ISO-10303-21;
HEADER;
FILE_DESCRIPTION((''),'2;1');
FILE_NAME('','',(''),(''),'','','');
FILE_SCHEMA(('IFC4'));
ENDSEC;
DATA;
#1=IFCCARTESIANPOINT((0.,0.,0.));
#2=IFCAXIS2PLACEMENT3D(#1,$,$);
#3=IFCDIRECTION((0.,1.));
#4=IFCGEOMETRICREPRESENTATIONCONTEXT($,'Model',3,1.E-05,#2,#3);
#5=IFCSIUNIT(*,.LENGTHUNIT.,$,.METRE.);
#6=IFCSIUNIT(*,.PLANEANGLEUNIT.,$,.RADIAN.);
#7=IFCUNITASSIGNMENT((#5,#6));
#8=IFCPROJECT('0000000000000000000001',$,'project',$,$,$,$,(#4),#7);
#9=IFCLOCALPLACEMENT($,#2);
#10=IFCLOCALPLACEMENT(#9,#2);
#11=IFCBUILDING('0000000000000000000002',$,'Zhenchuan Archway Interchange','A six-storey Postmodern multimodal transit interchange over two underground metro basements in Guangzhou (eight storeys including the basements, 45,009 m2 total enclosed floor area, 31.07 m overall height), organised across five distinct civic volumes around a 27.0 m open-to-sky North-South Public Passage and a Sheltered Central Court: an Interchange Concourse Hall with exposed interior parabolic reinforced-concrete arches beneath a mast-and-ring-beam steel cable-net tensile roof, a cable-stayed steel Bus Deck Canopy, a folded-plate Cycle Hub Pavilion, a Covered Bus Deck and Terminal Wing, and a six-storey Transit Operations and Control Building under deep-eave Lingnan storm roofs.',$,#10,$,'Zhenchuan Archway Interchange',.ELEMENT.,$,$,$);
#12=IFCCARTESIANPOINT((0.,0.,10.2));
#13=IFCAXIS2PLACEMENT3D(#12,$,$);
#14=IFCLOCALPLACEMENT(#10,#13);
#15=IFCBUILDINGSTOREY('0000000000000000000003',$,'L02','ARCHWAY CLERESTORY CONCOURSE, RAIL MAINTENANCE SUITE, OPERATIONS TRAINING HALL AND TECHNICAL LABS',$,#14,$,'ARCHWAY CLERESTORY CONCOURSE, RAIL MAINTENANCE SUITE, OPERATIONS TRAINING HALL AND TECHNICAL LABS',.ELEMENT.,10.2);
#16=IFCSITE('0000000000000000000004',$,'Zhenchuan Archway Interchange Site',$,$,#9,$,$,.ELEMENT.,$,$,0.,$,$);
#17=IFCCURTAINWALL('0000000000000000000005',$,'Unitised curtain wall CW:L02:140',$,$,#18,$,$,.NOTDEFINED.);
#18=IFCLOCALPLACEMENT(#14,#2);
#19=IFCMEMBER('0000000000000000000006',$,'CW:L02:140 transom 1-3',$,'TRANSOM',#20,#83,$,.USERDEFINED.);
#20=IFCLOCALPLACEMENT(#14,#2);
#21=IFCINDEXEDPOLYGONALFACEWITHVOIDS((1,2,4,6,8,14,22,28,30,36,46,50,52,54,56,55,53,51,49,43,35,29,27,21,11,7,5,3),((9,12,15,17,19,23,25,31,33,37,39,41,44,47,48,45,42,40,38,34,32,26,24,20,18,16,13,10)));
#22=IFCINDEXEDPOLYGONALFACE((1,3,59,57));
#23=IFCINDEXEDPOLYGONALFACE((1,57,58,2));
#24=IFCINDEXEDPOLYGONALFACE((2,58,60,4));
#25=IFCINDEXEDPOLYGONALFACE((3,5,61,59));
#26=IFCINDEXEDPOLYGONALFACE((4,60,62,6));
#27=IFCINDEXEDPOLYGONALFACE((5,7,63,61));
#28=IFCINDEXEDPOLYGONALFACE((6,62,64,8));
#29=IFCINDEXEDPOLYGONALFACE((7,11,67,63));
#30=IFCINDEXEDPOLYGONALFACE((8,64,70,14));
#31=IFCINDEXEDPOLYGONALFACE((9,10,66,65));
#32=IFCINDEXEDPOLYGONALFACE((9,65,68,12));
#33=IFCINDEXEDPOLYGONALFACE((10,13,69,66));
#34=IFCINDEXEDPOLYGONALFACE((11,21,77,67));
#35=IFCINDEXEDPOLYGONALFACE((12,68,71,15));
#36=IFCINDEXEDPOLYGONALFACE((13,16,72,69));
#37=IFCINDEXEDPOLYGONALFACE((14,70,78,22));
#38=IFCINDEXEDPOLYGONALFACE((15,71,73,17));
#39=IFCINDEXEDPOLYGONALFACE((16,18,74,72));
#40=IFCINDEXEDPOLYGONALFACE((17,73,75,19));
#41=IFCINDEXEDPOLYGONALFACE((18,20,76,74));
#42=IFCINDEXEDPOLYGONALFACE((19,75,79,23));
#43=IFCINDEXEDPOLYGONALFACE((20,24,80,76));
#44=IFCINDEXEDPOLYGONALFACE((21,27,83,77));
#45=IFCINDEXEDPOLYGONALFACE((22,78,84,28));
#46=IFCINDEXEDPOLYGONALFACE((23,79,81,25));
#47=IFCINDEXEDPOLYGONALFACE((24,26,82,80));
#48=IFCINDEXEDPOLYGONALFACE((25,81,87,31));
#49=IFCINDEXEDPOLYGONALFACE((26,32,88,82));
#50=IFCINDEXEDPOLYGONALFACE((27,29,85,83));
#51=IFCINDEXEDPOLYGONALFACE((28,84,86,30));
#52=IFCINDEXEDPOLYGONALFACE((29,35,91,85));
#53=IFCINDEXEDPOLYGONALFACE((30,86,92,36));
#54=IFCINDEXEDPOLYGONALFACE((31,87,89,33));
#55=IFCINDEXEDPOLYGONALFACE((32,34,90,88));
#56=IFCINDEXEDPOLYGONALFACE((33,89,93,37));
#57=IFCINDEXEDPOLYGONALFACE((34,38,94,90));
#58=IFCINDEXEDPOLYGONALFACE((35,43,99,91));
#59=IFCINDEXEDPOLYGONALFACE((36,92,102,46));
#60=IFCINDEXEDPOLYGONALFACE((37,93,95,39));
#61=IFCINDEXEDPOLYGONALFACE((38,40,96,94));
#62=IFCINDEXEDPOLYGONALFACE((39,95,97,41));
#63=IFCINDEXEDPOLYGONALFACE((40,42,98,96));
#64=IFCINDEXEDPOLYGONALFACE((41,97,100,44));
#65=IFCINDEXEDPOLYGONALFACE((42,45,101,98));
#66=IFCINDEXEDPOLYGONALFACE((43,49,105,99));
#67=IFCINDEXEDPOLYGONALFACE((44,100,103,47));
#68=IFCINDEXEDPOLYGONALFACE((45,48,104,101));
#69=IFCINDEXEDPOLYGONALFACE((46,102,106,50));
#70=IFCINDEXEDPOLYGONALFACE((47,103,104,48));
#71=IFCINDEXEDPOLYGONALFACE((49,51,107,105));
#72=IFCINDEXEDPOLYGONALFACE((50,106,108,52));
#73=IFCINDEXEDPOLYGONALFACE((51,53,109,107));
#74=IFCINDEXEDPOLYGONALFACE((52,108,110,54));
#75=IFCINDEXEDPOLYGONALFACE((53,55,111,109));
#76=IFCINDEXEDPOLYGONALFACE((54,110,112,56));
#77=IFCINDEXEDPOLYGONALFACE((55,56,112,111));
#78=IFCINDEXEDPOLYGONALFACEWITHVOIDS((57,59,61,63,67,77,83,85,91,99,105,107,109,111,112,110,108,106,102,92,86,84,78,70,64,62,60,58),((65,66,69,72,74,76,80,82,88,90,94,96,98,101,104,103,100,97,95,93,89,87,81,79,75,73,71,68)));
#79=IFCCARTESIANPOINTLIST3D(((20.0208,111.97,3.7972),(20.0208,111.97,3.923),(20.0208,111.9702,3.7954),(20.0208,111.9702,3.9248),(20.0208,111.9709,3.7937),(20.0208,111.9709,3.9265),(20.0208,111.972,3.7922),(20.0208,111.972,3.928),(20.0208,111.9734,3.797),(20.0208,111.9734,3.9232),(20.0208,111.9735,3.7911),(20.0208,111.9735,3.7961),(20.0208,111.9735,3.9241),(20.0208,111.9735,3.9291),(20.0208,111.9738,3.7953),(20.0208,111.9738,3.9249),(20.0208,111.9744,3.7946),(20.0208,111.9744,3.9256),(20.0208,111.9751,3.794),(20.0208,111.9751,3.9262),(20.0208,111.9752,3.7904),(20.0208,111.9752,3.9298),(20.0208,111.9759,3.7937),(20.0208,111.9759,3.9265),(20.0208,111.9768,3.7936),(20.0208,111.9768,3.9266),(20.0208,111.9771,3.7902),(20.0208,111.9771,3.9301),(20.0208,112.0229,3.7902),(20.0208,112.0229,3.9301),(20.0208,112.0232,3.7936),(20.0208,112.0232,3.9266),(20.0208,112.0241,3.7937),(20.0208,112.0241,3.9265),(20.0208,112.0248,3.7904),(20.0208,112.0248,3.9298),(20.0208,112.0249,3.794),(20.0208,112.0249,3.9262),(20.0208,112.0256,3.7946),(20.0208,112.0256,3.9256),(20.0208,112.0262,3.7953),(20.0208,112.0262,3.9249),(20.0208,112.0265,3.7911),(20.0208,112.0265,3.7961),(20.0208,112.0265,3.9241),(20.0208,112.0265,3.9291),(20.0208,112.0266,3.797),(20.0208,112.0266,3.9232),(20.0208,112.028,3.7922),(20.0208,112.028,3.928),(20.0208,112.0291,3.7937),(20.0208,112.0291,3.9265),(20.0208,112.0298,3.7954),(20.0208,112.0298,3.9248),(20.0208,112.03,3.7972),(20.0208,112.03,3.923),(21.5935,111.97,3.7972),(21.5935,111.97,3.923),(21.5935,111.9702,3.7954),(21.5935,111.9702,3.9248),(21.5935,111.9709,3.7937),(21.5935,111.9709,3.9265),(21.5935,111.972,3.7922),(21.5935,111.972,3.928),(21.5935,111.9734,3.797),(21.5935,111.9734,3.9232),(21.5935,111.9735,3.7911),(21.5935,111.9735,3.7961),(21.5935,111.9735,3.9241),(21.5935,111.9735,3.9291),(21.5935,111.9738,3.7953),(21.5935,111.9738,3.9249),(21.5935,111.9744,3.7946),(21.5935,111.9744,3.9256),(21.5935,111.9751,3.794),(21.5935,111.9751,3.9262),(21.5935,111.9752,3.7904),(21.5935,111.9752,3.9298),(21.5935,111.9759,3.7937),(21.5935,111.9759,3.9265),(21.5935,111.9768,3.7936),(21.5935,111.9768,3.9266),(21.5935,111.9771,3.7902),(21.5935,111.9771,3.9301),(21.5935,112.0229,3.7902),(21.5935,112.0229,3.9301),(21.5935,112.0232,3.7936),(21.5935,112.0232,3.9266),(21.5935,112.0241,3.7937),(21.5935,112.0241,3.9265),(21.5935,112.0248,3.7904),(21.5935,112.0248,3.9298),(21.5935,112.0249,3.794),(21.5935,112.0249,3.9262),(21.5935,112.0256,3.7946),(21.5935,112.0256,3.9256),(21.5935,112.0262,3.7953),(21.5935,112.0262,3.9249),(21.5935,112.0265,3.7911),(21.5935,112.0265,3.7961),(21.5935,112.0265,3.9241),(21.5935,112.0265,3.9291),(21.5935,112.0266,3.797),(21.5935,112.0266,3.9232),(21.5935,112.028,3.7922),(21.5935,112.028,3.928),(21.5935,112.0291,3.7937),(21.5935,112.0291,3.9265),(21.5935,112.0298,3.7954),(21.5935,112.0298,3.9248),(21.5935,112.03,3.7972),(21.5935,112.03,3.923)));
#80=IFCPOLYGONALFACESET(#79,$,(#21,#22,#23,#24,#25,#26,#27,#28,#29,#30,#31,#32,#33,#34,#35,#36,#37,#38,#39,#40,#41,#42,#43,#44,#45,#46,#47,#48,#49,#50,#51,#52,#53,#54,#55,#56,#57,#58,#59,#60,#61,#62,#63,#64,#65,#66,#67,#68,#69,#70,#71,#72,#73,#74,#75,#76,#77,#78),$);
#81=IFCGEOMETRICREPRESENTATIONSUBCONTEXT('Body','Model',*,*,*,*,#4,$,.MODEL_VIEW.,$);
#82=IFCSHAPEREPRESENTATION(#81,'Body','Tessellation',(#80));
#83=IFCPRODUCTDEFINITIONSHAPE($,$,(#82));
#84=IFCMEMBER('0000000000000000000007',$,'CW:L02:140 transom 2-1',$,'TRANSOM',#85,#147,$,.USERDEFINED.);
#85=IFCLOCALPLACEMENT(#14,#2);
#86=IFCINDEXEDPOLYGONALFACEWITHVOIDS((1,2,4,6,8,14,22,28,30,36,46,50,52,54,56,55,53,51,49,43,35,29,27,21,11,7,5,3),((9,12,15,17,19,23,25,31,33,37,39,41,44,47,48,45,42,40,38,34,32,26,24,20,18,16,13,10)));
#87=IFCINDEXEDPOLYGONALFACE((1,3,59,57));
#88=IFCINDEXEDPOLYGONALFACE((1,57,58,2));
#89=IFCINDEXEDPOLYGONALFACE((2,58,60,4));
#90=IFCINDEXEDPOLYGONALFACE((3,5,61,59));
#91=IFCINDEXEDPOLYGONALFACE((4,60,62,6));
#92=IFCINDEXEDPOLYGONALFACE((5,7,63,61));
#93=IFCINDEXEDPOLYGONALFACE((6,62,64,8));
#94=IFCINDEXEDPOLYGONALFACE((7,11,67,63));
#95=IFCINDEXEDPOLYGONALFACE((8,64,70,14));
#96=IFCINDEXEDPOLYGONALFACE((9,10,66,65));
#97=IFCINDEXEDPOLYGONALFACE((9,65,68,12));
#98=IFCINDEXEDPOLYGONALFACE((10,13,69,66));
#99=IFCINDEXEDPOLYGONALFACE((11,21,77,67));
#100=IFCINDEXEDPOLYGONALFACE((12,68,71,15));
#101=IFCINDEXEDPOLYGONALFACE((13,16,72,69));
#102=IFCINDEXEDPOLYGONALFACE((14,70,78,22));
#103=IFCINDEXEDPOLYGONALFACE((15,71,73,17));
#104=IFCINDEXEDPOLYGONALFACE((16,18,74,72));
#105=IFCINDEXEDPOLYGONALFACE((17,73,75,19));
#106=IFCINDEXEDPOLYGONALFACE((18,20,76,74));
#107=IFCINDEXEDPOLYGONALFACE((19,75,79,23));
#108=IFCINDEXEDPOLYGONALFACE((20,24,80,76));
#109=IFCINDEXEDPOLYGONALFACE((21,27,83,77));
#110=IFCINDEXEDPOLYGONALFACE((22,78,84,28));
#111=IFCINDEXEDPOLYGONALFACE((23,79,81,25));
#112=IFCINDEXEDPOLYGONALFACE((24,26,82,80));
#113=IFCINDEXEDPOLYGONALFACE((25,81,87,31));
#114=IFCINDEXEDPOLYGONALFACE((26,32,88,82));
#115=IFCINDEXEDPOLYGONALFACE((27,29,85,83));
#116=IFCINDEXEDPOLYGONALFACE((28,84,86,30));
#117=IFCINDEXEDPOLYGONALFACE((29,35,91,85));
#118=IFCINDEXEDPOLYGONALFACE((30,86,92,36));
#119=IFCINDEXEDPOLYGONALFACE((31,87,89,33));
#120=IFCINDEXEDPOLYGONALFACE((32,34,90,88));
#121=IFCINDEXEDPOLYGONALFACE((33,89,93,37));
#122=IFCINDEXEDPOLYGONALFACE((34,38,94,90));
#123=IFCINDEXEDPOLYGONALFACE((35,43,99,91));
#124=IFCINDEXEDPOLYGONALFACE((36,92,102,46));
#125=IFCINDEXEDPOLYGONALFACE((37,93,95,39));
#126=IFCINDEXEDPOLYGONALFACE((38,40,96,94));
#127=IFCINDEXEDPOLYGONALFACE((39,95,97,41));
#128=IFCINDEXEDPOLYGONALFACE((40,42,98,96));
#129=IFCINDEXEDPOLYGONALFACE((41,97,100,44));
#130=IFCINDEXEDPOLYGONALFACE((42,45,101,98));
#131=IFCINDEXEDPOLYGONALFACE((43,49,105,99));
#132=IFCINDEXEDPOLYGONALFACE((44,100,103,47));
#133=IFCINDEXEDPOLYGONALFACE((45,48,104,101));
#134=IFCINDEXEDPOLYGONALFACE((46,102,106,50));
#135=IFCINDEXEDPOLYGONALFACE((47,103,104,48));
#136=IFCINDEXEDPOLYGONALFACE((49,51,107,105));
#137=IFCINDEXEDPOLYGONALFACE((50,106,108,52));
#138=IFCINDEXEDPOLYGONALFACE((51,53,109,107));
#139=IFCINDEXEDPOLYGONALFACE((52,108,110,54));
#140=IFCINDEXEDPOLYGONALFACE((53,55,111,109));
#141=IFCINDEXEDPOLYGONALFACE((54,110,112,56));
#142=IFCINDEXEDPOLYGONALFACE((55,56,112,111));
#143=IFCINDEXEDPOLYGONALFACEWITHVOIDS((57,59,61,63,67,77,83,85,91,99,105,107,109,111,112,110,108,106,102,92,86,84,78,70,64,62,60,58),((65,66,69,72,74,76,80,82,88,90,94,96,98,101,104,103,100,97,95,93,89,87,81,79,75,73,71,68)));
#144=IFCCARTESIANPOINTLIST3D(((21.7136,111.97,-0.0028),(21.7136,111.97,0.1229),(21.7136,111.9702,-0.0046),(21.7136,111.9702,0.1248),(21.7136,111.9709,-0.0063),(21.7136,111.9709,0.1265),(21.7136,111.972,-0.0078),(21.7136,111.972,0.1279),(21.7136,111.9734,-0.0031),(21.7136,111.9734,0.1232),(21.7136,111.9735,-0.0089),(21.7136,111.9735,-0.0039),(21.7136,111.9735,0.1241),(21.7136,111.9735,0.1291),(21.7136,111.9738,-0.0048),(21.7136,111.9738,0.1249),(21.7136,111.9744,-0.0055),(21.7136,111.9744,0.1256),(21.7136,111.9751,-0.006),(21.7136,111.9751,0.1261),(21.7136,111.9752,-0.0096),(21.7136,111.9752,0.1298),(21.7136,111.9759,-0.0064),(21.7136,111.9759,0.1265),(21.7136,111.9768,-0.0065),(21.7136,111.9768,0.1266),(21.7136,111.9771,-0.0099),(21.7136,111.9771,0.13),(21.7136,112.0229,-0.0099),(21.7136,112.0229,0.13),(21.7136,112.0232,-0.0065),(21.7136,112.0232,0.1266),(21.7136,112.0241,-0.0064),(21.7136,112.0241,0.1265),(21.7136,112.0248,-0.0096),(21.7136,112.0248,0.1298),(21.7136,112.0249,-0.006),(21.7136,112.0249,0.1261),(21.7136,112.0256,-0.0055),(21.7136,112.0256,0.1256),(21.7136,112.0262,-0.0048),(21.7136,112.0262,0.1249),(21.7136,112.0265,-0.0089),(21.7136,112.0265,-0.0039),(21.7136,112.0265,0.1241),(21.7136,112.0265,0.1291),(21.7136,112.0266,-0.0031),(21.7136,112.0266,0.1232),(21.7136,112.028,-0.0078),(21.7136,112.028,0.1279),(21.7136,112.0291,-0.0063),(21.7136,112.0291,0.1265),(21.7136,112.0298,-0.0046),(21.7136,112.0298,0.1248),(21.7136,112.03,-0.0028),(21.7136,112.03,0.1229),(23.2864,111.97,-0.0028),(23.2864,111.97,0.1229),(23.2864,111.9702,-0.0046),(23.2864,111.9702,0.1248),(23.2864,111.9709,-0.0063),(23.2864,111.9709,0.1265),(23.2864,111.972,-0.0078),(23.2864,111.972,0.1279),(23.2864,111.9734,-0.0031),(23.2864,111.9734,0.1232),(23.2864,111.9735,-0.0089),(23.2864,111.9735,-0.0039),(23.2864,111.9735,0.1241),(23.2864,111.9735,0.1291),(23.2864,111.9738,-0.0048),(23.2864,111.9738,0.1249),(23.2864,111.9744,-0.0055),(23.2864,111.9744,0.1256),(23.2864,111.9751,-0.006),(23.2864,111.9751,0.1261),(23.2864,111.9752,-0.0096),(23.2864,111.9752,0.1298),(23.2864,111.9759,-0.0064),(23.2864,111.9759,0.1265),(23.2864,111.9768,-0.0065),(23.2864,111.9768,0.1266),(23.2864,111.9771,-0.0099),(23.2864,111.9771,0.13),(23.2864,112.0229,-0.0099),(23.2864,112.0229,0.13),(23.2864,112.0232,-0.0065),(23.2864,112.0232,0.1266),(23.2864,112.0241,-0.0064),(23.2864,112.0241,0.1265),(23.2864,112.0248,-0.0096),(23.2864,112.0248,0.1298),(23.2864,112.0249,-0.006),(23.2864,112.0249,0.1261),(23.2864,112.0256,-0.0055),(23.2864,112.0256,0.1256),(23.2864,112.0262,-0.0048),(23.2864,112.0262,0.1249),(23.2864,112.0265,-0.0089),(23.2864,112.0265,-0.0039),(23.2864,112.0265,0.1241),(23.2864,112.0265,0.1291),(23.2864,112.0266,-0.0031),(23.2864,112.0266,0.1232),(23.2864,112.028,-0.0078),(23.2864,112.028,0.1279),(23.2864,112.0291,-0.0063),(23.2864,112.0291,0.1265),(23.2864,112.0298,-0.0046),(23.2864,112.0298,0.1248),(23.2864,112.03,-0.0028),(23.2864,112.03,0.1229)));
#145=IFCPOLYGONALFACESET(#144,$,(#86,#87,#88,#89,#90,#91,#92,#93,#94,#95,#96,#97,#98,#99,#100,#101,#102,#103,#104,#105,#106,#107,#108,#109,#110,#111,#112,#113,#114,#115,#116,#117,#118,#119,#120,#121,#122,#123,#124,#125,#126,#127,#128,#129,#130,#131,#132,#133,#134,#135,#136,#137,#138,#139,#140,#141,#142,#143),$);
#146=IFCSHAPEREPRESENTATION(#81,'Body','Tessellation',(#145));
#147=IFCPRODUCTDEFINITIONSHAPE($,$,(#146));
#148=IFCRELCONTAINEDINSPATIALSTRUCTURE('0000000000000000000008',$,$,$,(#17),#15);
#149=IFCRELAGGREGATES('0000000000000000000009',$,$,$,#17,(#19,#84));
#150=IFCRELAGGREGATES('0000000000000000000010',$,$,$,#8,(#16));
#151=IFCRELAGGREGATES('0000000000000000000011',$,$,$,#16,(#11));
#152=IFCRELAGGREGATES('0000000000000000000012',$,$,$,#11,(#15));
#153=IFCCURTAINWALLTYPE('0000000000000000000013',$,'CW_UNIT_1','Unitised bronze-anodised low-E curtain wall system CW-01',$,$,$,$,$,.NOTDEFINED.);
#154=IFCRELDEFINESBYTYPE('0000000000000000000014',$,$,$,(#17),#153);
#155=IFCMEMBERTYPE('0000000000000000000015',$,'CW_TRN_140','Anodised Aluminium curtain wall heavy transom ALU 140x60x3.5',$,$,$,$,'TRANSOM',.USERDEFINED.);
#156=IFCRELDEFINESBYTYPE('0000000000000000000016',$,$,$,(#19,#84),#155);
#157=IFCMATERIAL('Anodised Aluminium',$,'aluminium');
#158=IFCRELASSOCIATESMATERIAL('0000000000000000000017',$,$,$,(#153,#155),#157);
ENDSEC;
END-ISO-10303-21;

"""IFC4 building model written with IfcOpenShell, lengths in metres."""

from ifc_helpers import new_model, si_unit, direction, frame, origin, origin_2d, place, context, subcontext, project, spatial, hollow_rectangle, extrude, material, material_profile, profile_set, type_object, element, aggregate, save


model = new_model("IFC4")

# Units and contexts
model_context = context("Model", 3, precision=1e-05, world=origin(), true_north=direction((0.0, 1.0)))
body_context = subcontext(model_context, "Body", "Model", "MODEL_VIEW")
ifc_project = project(units=[si_unit("LENGTHUNIT", "METRE"), si_unit("PLANEANGLEUNIT", "RADIAN")], contexts=[model_context])

# Site, building, storey
site_placement = place(None, origin())
site = spatial("IfcSite", under=ifc_project, at=site_placement, Name="Zhenchuan Archway Interchange Site", CompositionType="ELEMENT", RefElevation=0.0)
building_placement = place(site_placement, origin())
building = spatial("IfcBuilding", under=site, at=building_placement, Name="Zhenchuan Archway Interchange", Description="A six-storey Postmodern multimodal transit interchange over two underground metro basements in Guangzhou (eight storeys including the basements, 45,009 m2 total enclosed floor area, 31.07 m overall height), organised across five distinct civic volumes around a 27.0 m open-to-sky North-South Public Passage and a Sheltered Central Court: an Interchange Concourse Hall with exposed interior parabolic reinforced-concrete arches beneath a mast-and-ring-beam steel cable-net tensile roof, a cable-stayed steel Bus Deck Canopy, a folded-plate Cycle Hub Pavilion, a Covered Bus Deck and Terminal Wing, and a six-storey Transit Operations and Control Building under deep-eave Lingnan storm roofs.", LongName="Zhenchuan Archway Interchange", CompositionType="ELEMENT")
storey_placement = place(building_placement, frame((0.0, 0.0, 10.2)))
storey = spatial("IfcBuildingStorey", under=building, at=storey_placement, Name="L02", Description="ARCHWAY CLERESTORY CONCOURSE, RAIL MAINTENANCE SUITE, OPERATIONS TRAINING HALL AND TECHNICAL LABS", LongName="ARCHWAY CLERESTORY CONCOURSE, RAIL MAINTENANCE SUITE, OPERATIONS TRAINING HALL AND TECHNICAL LABS", CompositionType="ELEMENT", Elevation=10.2)

# Curtain wall, members
ifc_material_1 = material(Name="Anodised Aluminium", Category="aluminium")
curtain_wall_type = type_object("IfcCurtainWallType", Name="CW_UNIT_1", Description="Unitised bronze-anodised low-E curtain wall system CW-01", PredefinedType="NOTDEFINED", material=ifc_material_1)
curtain_wall_placement = place(storey_placement, origin())
curtain_wall = element("IfcCurtainWall", 1, at=curtain_wall_placement, inside=storey, type_object=curtain_wall_type, Name="Unitised curtain wall CW:L02:140", PredefinedType="NOTDEFINED")
ifc_material_profile_1 = material_profile(ifc_material_1, hollow_rectangle(XDim=0.0601, YDim=0.1399, WallThickness=0.0034, InnerFilletRadius=0.0034, OuterFilletRadius=0.0071, at=origin_2d()), Name="ALU 140x60x3.5")
ifc_profile_set_1 = profile_set([ifc_material_profile_1], Name="Anodised Aluminium")
member_type_1 = type_object("IfcMemberType", Name="CW_TRN_140", Description="Anodised Aluminium curtain wall heavy transom ALU 140x60x3.5", ElementType="TRANSOM", PredefinedType="USERDEFINED", material=ifc_profile_set_1)
member_1_placement = place(storey_placement, frame((20.0208, 112.0, 3.8601), z_axis=(1.0, 0.0, 0.0), x_axis=(0.0, 1.0, 0.0)))
member_1 = element("IfcMember", 2, at=member_1_placement, type_object=member_type_1, Name="CW:L02:140 transom 1-3", ObjectType="TRANSOM", PredefinedType="USERDEFINED", context=body_context, shape_type="SweptSolid", body=[
    extrude(hollow_rectangle(XDim=0.0601, YDim=0.1399, WallThickness=0.0034, InnerFilletRadius=0.0034, OuterFilletRadius=0.0071, at=origin_2d()), origin(), (0.0, 0.0, 1.0), 1.5728),
])
member_2_placement = place(storey_placement, frame((21.7136, 112.0, 0.0601), z_axis=(1.0, 0.0, 0.0), x_axis=(0.0, 1.0, 0.0)))
member_2 = element("IfcMember", 3, at=member_2_placement, type_object=member_type_1, Name="CW:L02:140 transom 2-1", ObjectType="TRANSOM", PredefinedType="USERDEFINED", context=body_context, shape_type="SweptSolid", body=[
    extrude(hollow_rectangle(XDim=0.0601, YDim=0.1399, WallThickness=0.0034, InnerFilletRadius=0.0034, OuterFilletRadius=0.0071, at=origin_2d()), origin(), (0.0, 0.0, 1.0), 1.5728),
])
aggregate(curtain_wall, [member_1, member_2])

save(model, "model.ifc")
